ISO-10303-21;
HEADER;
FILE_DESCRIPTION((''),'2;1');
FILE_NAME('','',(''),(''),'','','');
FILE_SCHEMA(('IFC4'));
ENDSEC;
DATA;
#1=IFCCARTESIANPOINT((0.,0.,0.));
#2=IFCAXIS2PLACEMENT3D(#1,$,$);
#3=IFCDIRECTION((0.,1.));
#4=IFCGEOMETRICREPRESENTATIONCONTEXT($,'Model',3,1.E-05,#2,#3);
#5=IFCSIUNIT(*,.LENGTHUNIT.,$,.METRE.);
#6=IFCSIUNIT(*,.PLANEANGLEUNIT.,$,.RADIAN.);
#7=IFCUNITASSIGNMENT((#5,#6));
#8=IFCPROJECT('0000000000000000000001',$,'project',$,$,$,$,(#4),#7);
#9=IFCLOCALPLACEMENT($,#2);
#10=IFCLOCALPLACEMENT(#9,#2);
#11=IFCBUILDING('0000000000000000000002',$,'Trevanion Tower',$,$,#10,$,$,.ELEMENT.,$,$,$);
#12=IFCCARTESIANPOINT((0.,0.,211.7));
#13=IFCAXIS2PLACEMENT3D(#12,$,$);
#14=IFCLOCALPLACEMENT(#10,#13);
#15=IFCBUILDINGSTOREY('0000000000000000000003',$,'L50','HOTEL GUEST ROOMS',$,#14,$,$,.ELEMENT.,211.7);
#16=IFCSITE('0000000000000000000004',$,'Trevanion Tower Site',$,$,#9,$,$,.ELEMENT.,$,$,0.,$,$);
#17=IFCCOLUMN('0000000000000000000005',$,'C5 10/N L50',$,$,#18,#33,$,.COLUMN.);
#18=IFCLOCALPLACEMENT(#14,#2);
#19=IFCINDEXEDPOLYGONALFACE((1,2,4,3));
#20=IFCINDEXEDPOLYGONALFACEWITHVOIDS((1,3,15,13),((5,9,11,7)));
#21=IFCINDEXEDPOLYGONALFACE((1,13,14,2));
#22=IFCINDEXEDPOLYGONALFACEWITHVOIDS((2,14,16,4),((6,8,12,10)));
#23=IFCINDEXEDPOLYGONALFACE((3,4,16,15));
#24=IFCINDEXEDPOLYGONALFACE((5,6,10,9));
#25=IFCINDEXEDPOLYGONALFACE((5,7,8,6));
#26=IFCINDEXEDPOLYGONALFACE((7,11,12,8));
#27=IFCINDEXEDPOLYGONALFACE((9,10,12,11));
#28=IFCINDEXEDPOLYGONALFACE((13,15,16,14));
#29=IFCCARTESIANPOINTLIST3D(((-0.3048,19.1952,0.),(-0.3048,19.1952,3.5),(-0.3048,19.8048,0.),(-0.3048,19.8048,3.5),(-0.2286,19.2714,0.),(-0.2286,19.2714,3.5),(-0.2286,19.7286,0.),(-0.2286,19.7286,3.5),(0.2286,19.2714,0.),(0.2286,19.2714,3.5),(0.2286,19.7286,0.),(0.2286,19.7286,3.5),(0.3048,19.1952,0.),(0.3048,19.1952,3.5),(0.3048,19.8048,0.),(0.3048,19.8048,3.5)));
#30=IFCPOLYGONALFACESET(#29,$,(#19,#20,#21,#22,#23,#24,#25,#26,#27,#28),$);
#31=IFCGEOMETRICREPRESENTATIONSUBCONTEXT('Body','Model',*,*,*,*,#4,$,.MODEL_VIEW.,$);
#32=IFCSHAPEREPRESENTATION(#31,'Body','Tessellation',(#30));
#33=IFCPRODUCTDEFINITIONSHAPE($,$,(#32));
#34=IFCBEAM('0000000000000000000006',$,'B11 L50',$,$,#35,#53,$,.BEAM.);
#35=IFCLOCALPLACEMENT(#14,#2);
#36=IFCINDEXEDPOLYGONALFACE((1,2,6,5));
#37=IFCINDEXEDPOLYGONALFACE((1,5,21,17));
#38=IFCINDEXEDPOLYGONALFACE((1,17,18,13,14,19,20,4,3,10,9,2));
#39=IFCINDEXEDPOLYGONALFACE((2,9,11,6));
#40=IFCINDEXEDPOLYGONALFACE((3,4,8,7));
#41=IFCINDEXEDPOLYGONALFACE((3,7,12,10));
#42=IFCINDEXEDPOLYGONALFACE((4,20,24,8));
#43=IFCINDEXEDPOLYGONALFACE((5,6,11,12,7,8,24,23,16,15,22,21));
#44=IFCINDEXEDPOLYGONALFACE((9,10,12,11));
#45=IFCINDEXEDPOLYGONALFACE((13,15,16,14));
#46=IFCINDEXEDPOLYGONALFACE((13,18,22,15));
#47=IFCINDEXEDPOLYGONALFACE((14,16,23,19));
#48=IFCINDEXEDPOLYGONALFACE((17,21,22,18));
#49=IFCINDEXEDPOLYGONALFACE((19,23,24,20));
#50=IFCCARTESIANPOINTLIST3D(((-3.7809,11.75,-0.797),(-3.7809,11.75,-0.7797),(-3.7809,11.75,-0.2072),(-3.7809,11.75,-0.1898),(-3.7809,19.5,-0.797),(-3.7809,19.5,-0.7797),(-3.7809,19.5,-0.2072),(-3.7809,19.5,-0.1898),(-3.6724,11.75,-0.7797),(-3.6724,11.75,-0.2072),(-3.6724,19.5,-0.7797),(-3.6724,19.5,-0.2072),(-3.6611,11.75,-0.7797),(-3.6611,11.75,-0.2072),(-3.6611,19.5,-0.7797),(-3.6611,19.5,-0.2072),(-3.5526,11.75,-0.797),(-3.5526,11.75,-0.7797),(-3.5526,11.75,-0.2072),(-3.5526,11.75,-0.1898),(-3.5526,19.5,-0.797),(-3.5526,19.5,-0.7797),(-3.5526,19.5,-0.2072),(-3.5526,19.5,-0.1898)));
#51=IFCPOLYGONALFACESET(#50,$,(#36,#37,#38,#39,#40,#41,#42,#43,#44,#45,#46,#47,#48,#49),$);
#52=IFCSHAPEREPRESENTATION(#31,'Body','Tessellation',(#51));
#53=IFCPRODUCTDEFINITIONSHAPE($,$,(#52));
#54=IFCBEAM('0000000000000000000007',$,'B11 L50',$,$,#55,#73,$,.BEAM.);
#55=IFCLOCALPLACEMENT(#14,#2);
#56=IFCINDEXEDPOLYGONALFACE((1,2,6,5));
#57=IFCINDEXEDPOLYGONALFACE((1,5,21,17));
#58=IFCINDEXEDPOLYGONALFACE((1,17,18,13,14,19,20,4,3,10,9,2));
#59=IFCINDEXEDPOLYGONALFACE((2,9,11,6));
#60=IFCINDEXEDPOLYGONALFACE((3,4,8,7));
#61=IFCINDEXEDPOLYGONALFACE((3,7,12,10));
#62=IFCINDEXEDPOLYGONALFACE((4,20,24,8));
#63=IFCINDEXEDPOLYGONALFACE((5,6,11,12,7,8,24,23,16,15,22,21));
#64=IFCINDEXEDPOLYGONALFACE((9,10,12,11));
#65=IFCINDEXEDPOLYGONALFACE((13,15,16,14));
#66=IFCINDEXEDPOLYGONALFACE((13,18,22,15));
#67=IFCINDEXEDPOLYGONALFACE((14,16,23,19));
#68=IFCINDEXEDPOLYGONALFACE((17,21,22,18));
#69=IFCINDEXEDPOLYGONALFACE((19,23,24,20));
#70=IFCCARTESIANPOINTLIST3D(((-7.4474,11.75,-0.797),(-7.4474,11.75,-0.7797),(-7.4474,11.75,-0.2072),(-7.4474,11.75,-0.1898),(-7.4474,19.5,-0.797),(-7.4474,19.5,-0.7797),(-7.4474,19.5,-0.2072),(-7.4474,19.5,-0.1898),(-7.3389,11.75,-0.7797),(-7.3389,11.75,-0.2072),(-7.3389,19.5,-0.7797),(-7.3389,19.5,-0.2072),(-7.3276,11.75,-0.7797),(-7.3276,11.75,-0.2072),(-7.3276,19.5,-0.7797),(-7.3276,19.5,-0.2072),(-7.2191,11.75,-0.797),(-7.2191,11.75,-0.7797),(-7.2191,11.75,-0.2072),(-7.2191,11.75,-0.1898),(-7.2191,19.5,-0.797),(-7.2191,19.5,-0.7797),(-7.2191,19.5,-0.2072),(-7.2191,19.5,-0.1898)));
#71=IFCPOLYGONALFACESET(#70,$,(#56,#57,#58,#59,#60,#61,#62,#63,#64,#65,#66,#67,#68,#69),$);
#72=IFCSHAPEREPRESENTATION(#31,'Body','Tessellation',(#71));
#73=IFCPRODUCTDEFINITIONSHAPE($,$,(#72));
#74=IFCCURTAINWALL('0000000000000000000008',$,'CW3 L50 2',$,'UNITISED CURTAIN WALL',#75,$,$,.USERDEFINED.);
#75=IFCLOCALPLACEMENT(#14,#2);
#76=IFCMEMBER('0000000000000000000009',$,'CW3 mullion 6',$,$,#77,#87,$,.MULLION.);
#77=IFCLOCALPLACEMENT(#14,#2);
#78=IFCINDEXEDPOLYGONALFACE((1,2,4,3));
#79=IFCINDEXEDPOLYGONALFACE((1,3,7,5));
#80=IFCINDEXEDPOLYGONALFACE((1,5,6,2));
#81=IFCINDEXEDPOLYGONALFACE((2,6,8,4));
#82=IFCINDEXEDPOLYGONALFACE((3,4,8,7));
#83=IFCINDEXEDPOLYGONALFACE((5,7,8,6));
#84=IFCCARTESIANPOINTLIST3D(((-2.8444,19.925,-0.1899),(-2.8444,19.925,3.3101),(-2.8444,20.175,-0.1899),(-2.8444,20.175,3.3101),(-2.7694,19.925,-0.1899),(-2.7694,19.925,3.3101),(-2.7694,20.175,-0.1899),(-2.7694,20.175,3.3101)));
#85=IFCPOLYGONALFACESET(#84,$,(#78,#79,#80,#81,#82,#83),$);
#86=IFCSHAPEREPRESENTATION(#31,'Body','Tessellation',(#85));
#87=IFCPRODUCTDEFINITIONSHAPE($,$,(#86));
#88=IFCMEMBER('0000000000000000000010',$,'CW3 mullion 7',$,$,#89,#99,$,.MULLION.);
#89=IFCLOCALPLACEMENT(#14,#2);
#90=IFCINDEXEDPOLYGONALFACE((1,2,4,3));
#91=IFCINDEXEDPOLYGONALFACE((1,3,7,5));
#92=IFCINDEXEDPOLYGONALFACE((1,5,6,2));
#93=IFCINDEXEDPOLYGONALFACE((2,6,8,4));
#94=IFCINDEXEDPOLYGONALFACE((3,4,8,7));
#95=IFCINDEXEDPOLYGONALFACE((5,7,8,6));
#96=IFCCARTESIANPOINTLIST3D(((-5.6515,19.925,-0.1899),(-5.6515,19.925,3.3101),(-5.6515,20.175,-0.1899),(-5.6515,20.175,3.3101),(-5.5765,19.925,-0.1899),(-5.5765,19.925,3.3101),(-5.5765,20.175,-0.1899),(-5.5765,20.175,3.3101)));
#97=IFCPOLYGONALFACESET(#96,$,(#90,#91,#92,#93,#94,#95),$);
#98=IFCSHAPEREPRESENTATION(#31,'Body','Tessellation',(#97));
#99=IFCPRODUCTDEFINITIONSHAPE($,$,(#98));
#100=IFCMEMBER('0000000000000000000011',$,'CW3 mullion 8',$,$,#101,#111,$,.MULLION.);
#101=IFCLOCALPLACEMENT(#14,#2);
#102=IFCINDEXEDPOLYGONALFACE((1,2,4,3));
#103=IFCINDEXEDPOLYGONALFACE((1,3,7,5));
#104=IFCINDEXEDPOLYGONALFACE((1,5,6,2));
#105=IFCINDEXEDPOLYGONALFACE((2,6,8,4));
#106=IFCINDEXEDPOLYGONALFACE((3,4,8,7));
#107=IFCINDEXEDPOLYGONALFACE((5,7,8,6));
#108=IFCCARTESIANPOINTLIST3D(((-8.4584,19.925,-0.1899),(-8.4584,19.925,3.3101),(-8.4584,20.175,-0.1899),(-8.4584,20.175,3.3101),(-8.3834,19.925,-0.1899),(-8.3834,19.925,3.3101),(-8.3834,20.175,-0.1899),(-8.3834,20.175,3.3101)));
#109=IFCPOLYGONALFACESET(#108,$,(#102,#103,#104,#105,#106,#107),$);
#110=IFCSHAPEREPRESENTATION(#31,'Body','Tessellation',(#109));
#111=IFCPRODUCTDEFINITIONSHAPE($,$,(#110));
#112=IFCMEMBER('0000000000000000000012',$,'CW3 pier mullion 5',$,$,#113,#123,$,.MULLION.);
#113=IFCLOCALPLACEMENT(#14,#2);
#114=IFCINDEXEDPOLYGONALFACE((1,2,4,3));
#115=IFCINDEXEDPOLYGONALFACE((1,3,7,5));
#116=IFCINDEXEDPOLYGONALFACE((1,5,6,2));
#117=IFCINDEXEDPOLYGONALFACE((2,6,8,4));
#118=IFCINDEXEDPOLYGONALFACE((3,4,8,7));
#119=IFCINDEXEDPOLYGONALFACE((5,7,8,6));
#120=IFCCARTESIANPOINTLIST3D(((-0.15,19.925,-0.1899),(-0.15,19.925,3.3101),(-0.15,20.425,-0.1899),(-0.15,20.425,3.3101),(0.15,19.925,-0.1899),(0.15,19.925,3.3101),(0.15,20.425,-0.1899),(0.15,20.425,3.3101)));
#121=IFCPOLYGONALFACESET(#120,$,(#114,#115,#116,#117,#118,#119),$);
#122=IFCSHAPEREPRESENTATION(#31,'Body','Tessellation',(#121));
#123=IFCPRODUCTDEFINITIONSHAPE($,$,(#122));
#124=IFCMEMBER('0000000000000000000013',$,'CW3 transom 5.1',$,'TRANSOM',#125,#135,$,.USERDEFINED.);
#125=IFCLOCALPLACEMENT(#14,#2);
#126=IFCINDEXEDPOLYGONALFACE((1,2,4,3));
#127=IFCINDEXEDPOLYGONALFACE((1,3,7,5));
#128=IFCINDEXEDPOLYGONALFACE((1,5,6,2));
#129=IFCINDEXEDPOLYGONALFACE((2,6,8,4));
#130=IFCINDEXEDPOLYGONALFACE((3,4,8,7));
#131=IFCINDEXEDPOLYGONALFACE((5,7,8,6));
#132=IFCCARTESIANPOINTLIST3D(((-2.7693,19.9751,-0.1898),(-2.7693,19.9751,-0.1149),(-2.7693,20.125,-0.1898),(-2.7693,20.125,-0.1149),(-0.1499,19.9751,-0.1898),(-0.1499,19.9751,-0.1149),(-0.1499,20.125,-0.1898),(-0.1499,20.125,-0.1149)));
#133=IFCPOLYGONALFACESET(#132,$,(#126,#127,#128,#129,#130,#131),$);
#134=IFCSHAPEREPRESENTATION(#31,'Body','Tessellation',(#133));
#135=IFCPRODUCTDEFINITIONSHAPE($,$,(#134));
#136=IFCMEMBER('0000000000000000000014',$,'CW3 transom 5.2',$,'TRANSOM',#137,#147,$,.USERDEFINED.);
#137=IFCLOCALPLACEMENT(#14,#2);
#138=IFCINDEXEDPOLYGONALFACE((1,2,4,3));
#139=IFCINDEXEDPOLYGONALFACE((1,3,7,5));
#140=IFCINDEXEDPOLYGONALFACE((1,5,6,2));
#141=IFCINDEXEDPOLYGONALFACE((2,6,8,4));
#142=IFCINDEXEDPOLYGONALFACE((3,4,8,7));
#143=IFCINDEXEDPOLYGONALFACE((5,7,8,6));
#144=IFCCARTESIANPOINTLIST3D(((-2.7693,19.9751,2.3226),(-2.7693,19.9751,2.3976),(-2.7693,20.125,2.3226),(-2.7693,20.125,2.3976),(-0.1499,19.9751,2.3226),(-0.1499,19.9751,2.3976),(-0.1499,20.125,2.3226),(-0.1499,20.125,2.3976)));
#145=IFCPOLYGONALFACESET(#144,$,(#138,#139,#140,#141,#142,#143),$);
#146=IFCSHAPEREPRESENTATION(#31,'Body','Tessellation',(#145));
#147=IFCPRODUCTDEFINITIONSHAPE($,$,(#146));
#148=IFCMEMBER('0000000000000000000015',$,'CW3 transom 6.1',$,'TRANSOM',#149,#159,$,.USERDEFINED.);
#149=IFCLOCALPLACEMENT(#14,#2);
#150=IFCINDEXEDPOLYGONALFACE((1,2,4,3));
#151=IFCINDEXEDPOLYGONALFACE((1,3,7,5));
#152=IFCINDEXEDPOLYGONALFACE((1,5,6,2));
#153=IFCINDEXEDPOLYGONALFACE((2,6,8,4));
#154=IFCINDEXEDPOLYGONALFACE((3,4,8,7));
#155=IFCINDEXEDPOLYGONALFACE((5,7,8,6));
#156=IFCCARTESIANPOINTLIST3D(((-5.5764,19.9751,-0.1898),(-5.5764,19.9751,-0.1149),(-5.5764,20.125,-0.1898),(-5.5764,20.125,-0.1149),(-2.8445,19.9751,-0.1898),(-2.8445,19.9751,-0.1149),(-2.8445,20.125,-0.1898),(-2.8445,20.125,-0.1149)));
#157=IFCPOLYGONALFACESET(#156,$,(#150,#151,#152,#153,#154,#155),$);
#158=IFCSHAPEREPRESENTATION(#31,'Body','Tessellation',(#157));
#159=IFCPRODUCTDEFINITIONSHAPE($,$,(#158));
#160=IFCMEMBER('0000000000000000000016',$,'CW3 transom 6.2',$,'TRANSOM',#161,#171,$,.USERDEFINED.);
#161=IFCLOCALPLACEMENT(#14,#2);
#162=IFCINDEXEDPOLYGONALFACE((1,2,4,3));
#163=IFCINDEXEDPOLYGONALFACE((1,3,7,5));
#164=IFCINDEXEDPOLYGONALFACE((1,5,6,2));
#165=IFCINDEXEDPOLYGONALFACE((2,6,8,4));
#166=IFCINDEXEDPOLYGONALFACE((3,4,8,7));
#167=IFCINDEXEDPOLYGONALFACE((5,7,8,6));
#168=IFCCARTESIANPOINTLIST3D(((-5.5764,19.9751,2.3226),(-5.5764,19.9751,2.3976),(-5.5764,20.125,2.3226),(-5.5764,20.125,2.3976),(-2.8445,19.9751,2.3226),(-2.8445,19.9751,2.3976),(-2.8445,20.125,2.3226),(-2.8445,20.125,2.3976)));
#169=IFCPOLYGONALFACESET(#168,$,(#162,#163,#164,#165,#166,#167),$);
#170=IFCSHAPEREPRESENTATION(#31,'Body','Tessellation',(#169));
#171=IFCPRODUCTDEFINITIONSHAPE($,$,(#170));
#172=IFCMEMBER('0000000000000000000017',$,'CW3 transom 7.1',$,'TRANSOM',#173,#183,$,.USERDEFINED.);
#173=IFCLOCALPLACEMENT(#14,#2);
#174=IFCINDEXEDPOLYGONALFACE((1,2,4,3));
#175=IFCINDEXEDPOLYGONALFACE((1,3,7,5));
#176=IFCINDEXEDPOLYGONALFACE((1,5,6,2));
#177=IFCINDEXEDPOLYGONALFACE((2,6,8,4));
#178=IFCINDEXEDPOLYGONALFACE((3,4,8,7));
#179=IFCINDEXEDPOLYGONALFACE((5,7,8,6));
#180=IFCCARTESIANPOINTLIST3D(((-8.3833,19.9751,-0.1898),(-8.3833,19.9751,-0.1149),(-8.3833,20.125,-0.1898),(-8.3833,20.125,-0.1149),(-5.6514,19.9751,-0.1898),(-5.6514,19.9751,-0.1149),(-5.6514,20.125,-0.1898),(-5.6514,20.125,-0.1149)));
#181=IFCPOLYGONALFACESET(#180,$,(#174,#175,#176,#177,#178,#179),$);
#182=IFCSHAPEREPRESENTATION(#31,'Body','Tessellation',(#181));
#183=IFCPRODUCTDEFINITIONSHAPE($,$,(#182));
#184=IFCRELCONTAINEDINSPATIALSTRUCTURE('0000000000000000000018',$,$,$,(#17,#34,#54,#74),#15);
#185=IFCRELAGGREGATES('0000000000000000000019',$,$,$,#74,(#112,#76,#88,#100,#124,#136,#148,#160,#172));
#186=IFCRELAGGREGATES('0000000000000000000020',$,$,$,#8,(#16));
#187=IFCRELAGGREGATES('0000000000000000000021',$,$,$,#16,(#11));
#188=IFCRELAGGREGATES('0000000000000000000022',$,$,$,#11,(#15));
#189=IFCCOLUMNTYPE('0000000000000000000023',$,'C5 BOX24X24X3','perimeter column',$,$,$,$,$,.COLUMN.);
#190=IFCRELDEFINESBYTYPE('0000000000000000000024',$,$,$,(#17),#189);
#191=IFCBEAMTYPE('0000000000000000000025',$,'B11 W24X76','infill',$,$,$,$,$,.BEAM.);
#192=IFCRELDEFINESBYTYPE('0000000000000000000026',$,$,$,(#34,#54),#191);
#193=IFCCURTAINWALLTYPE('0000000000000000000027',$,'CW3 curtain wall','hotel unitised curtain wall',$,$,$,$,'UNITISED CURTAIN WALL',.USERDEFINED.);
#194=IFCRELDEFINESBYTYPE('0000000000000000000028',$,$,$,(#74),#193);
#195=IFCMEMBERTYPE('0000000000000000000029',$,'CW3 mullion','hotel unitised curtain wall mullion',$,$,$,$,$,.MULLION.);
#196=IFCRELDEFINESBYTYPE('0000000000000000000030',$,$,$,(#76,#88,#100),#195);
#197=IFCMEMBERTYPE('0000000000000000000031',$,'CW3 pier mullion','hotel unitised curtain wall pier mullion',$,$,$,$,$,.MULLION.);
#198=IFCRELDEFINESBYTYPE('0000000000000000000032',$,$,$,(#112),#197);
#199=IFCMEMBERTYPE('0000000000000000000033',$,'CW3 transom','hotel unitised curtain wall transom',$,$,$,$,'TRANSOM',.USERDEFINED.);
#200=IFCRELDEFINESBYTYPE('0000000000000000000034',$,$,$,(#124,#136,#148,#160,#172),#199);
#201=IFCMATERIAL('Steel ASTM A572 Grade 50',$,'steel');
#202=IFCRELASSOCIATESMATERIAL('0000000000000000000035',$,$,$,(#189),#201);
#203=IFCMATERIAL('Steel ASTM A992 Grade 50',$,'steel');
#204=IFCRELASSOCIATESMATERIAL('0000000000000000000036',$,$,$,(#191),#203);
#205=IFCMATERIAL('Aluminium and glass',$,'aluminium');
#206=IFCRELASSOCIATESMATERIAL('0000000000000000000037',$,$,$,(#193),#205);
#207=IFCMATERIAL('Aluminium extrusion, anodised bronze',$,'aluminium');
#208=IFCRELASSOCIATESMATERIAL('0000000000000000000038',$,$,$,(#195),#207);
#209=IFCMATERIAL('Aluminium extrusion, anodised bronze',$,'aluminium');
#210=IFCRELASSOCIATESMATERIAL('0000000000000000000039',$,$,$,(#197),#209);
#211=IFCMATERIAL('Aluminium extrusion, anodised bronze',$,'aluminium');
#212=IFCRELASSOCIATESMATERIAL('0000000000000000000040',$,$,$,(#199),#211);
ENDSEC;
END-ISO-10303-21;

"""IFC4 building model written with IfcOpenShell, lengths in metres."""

from ifc_helpers import new_model, si_unit, direction, frame, origin, origin_2d, place, context, subcontext, project, spatial, rectangle, hollow_rectangle, i_section, extrude, material, material_profile, profile_set, type_object, element, aggregate, save


model = new_model("IFC4")

# Units and contexts
model_context = context("Model", 3, precision=1e-05, world=origin(), true_north=direction((0.0, 1.0)))
body_context = subcontext(model_context, "Body", "Model", "MODEL_VIEW")
ifc_project = project(units=[si_unit("LENGTHUNIT", "METRE"), si_unit("PLANEANGLEUNIT", "RADIAN")], contexts=[model_context])

# Site, building, storey
site_placement = place(None, origin())
site = spatial("IfcSite", under=ifc_project, at=site_placement, Name="Trevanion Tower Site", CompositionType="ELEMENT", RefElevation=0.0)
building_placement = place(site_placement, origin())
building = spatial("IfcBuilding", under=site, at=building_placement, Name="Trevanion Tower", CompositionType="ELEMENT")
storey_placement = place(building_placement, frame((0.0, 0.0, 211.7)))
storey = spatial("IfcBuildingStorey", under=building, at=storey_placement, Name="L50", Description="HOTEL GUEST ROOMS", CompositionType="ELEMENT", Elevation=211.7)

# Column
ifc_material_1 = material(Name="Steel ASTM A572 Grade 50", Category="steel")
ifc_material_profile_1 = material_profile(ifc_material_1, hollow_rectangle(XDim=0.6096, YDim=0.6096, WallThickness=0.0762, at=origin_2d()), Name="BOX24X24X3")
ifc_profile_set_1 = profile_set([ifc_material_profile_1], Name="Steel ASTM A572 Grade 50")
column_type = type_object("IfcColumnType", Name="C5 BOX24X24X3", Description="perimeter column", PredefinedType="COLUMN", material=ifc_profile_set_1)
column_placement = place(storey_placement, frame((0.0, 19.5, 0.0), z_axis=(0.0, 0.0, 1.0), x_axis=(1.0, 0.0, 0.0)))
element("IfcColumn", 1, at=column_placement, inside=storey, type_object=column_type, Name="C5 10/N L50", PredefinedType="COLUMN", context=body_context, shape_type="SweptSolid", body=[
    extrude(hollow_rectangle(XDim=0.6096, YDim=0.6096, WallThickness=0.0762, at=origin_2d()), origin(), (0.0, 0.0, 1.0), 3.5),
])

# Beams
ifc_material_2 = material(Name="Steel ASTM A992 Grade 50", Category="steel")
ifc_material_profile_2 = material_profile(ifc_material_2, i_section(OverallWidth=0.2283, OverallDepth=0.6072, WebThickness=0.0112, FlangeThickness=0.0173, at=origin_2d()), Name="W24X76")
ifc_profile_set_2 = profile_set([ifc_material_profile_2], Name="Steel ASTM A992 Grade 50")
beam_type_1 = type_object("IfcBeamType", Name="B11 W24X76", Description="infill", PredefinedType="BEAM", material=ifc_profile_set_2)
for number, where, z_axis, x_axis, name in (
    (2, (-3.6667, 11.75, -0.4934), (0.0, 1.0, 0.0), (-1.0, 0.0, 0.0), "B11 L50"),
    (3, (-7.3333, 11.75, -0.4934), (0.0, 1.0, 0.0), (-1.0, 0.0, 0.0), "B11 L50"),
):
    element("IfcBeam", number, at=place(storey_placement, frame(where, z_axis=z_axis, x_axis=x_axis)), inside=storey, type_object=beam_type_1, Name=name, PredefinedType="BEAM", context=body_context, shape_type="SweptSolid", body=[
        extrude(i_section(OverallWidth=0.2283, OverallDepth=0.6072, WebThickness=0.0112, FlangeThickness=0.0173, at=origin_2d()), origin(), (0.0, 0.0, 1.0), 7.75),
    ])

# Curtain wall, members
ifc_material_3 = material(Name="Aluminium and glass", Category="aluminium")
curtain_wall_type = type_object("IfcCurtainWallType", Name="CW3 curtain wall", Description="hotel unitised curtain wall", ElementType="UNITISED CURTAIN WALL", PredefinedType="USERDEFINED", material=ifc_material_3)
curtain_wall_placement = place(storey_placement, origin())
curtain_wall = element("IfcCurtainWall", 4, at=curtain_wall_placement, inside=storey, type_object=curtain_wall_type, Name="CW3 L50 2", ObjectType="UNITISED CURTAIN WALL", PredefinedType="USERDEFINED")
ifc_material_4 = material(Name="Aluminium extrusion, anodised bronze", Category="aluminium")
ifc_material_profile_3 = material_profile(ifc_material_4, rectangle(XDim=0.075, YDim=0.25, at=origin_2d()), Name="CW3 mullion")
ifc_profile_set_3 = profile_set([ifc_material_profile_3], Name="Aluminium extrusion, anodised bronze")
member_type_1 = type_object("IfcMemberType", Name="CW3 mullion", Description="hotel unitised curtain wall mullion", PredefinedType="MULLION", material=ifc_profile_set_3)
member_1_placement = place(storey_placement, frame((-2.8069, 20.05, -0.1899), z_axis=(0.0, 0.0, 1.0), x_axis=(-1.0, 0.0, 0.0)))
member_1 = element("IfcMember", 5, at=member_1_placement, type_object=member_type_1, Name="CW3 mullion 6", PredefinedType="MULLION", context=body_context, shape_type="SweptSolid", body=[
    extrude(rectangle(XDim=0.075, YDim=0.25, at=origin_2d()), origin(), (0.0, 0.0, 1.0), 3.5),
])
member_2_placement = place(storey_placement, frame((-5.614, 20.05, -0.1899), z_axis=(0.0, 0.0, 1.0), x_axis=(-1.0, 0.0, 0.0)))
member_2 = element("IfcMember", 6, at=member_2_placement, type_object=member_type_1, Name="CW3 mullion 7", PredefinedType="MULLION", context=body_context, shape_type="SweptSolid", body=[
    extrude(rectangle(XDim=0.075, YDim=0.25, at=origin_2d()), origin(), (0.0, 0.0, 1.0), 3.5),
])
member_3_placement = place(storey_placement, frame((-8.4209, 20.05, -0.1899), z_axis=(0.0, 0.0, 1.0), x_axis=(-1.0, 0.0, 0.0)))
member_3 = element("IfcMember", 7, at=member_3_placement, type_object=member_type_1, Name="CW3 mullion 8", PredefinedType="MULLION", context=body_context, shape_type="SweptSolid", body=[
    extrude(rectangle(XDim=0.075, YDim=0.25, at=origin_2d()), origin(), (0.0, 0.0, 1.0), 3.5),
])
ifc_material_5 = material(Name="Aluminium extrusion, anodised bronze", Category="aluminium")
ifc_material_profile_4 = material_profile(ifc_material_5, rectangle(XDim=0.3, YDim=0.5, at=origin_2d()), Name="CW3 pier mullion")
ifc_profile_set_4 = profile_set([ifc_material_profile_4], Name="Aluminium extrusion, anodised bronze")
member_type_2 = type_object("IfcMemberType", Name="CW3 pier mullion", Description="hotel unitised curtain wall pier mullion", PredefinedType="MULLION", material=ifc_profile_set_4)
member_4_placement = place(storey_placement, frame((0.0, 20.175, -0.1899), z_axis=(0.0, 0.0, 1.0), x_axis=(-1.0, 0.0, 0.0)))
member_4 = element("IfcMember", 8, at=member_4_placement, type_object=member_type_2, Name="CW3 pier mullion 5", PredefinedType="MULLION", context=body_context, shape_type="SweptSolid", body=[
    extrude(rectangle(XDim=0.3, YDim=0.5, at=origin_2d()), origin(), (0.0, 0.0, 1.0), 3.5),
])
ifc_material_6 = material(Name="Aluminium extrusion, anodised bronze", Category="aluminium")
ifc_material_profile_5 = material_profile(ifc_material_6, rectangle(XDim=0.1499, YDim=0.075, at=origin_2d()), Name="CW3 transom")
ifc_profile_set_5 = profile_set([ifc_material_profile_5], Name="Aluminium extrusion, anodised bronze")
member_type_3 = type_object("IfcMemberType", Name="CW3 transom", Description="hotel unitised curtain wall transom", ElementType="TRANSOM", PredefinedType="USERDEFINED", material=ifc_profile_set_5)
member_5_placement = place(storey_placement, frame((-0.1499, 20.05, -0.1523), z_axis=(-1.0, 0.0, 0.0), x_axis=(0.0, -1.0, 0.0)))
member_5 = element("IfcMember", 9, at=member_5_placement, type_object=member_type_3, Name="CW3 transom 5.1", ObjectType="TRANSOM", PredefinedType="USERDEFINED", context=body_context, shape_type="SweptSolid", body=[
    extrude(rectangle(XDim=0.1499, YDim=0.075, at=origin_2d()), origin(), (0.0, 0.0, 1.0), 2.6194),
])
member_6_placement = place(storey_placement, frame((-0.1499, 20.05, 2.3601), z_axis=(-1.0, 0.0, 0.0), x_axis=(0.0, -1.0, 0.0)))
member_6 = element("IfcMember", 10, at=member_6_placement, type_object=member_type_3, Name="CW3 transom 5.2", ObjectType="TRANSOM", PredefinedType="USERDEFINED", context=body_context, shape_type="SweptSolid", body=[
    extrude(rectangle(XDim=0.1499, YDim=0.075, at=origin_2d()), origin(), (0.0, 0.0, 1.0), 2.6194),
])
member_7_placement = place(storey_placement, frame((-2.8445, 20.05, -0.1523), z_axis=(-1.0, 0.0, 0.0), x_axis=(0.0, -1.0, 0.0)))
member_7 = element("IfcMember", 11, at=member_7_placement, type_object=member_type_3, Name="CW3 transom 6.1", ObjectType="TRANSOM", PredefinedType="USERDEFINED", context=body_context, shape_type="SweptSolid", body=[
    extrude(rectangle(XDim=0.1499, YDim=0.075, at=origin_2d()), origin(), (0.0, 0.0, 1.0), 2.7319),
])
member_8_placement = place(storey_placement, frame((-2.8445, 20.05, 2.3601), z_axis=(-1.0, 0.0, 0.0), x_axis=(0.0, -1.0, 0.0)))
member_8 = element("IfcMember", 12, at=member_8_placement, type_object=member_type_3, Name="CW3 transom 6.2", ObjectType="TRANSOM", PredefinedType="USERDEFINED", context=body_context, shape_type="SweptSolid", body=[
    extrude(rectangle(XDim=0.1499, YDim=0.075, at=origin_2d()), origin(), (0.0, 0.0, 1.0), 2.7319),
])
member_9_placement = place(storey_placement, frame((-5.6514, 20.05, -0.1523), z_axis=(-1.0, 0.0, 0.0), x_axis=(0.0, -1.0, 0.0)))
member_9 = element("IfcMember", 13, at=member_9_placement, type_object=member_type_3, Name="CW3 transom 7.1", ObjectType="TRANSOM", PredefinedType="USERDEFINED", context=body_context, shape_type="SweptSolid", body=[
    extrude(rectangle(XDim=0.1499, YDim=0.075, at=origin_2d()), origin(), (0.0, 0.0, 1.0), 2.7319),
])

aggregate(curtain_wall, [member_4, member_1, member_2, member_3, member_5, member_6, member_7, member_8, member_9])

save(model, "model.ifc")
